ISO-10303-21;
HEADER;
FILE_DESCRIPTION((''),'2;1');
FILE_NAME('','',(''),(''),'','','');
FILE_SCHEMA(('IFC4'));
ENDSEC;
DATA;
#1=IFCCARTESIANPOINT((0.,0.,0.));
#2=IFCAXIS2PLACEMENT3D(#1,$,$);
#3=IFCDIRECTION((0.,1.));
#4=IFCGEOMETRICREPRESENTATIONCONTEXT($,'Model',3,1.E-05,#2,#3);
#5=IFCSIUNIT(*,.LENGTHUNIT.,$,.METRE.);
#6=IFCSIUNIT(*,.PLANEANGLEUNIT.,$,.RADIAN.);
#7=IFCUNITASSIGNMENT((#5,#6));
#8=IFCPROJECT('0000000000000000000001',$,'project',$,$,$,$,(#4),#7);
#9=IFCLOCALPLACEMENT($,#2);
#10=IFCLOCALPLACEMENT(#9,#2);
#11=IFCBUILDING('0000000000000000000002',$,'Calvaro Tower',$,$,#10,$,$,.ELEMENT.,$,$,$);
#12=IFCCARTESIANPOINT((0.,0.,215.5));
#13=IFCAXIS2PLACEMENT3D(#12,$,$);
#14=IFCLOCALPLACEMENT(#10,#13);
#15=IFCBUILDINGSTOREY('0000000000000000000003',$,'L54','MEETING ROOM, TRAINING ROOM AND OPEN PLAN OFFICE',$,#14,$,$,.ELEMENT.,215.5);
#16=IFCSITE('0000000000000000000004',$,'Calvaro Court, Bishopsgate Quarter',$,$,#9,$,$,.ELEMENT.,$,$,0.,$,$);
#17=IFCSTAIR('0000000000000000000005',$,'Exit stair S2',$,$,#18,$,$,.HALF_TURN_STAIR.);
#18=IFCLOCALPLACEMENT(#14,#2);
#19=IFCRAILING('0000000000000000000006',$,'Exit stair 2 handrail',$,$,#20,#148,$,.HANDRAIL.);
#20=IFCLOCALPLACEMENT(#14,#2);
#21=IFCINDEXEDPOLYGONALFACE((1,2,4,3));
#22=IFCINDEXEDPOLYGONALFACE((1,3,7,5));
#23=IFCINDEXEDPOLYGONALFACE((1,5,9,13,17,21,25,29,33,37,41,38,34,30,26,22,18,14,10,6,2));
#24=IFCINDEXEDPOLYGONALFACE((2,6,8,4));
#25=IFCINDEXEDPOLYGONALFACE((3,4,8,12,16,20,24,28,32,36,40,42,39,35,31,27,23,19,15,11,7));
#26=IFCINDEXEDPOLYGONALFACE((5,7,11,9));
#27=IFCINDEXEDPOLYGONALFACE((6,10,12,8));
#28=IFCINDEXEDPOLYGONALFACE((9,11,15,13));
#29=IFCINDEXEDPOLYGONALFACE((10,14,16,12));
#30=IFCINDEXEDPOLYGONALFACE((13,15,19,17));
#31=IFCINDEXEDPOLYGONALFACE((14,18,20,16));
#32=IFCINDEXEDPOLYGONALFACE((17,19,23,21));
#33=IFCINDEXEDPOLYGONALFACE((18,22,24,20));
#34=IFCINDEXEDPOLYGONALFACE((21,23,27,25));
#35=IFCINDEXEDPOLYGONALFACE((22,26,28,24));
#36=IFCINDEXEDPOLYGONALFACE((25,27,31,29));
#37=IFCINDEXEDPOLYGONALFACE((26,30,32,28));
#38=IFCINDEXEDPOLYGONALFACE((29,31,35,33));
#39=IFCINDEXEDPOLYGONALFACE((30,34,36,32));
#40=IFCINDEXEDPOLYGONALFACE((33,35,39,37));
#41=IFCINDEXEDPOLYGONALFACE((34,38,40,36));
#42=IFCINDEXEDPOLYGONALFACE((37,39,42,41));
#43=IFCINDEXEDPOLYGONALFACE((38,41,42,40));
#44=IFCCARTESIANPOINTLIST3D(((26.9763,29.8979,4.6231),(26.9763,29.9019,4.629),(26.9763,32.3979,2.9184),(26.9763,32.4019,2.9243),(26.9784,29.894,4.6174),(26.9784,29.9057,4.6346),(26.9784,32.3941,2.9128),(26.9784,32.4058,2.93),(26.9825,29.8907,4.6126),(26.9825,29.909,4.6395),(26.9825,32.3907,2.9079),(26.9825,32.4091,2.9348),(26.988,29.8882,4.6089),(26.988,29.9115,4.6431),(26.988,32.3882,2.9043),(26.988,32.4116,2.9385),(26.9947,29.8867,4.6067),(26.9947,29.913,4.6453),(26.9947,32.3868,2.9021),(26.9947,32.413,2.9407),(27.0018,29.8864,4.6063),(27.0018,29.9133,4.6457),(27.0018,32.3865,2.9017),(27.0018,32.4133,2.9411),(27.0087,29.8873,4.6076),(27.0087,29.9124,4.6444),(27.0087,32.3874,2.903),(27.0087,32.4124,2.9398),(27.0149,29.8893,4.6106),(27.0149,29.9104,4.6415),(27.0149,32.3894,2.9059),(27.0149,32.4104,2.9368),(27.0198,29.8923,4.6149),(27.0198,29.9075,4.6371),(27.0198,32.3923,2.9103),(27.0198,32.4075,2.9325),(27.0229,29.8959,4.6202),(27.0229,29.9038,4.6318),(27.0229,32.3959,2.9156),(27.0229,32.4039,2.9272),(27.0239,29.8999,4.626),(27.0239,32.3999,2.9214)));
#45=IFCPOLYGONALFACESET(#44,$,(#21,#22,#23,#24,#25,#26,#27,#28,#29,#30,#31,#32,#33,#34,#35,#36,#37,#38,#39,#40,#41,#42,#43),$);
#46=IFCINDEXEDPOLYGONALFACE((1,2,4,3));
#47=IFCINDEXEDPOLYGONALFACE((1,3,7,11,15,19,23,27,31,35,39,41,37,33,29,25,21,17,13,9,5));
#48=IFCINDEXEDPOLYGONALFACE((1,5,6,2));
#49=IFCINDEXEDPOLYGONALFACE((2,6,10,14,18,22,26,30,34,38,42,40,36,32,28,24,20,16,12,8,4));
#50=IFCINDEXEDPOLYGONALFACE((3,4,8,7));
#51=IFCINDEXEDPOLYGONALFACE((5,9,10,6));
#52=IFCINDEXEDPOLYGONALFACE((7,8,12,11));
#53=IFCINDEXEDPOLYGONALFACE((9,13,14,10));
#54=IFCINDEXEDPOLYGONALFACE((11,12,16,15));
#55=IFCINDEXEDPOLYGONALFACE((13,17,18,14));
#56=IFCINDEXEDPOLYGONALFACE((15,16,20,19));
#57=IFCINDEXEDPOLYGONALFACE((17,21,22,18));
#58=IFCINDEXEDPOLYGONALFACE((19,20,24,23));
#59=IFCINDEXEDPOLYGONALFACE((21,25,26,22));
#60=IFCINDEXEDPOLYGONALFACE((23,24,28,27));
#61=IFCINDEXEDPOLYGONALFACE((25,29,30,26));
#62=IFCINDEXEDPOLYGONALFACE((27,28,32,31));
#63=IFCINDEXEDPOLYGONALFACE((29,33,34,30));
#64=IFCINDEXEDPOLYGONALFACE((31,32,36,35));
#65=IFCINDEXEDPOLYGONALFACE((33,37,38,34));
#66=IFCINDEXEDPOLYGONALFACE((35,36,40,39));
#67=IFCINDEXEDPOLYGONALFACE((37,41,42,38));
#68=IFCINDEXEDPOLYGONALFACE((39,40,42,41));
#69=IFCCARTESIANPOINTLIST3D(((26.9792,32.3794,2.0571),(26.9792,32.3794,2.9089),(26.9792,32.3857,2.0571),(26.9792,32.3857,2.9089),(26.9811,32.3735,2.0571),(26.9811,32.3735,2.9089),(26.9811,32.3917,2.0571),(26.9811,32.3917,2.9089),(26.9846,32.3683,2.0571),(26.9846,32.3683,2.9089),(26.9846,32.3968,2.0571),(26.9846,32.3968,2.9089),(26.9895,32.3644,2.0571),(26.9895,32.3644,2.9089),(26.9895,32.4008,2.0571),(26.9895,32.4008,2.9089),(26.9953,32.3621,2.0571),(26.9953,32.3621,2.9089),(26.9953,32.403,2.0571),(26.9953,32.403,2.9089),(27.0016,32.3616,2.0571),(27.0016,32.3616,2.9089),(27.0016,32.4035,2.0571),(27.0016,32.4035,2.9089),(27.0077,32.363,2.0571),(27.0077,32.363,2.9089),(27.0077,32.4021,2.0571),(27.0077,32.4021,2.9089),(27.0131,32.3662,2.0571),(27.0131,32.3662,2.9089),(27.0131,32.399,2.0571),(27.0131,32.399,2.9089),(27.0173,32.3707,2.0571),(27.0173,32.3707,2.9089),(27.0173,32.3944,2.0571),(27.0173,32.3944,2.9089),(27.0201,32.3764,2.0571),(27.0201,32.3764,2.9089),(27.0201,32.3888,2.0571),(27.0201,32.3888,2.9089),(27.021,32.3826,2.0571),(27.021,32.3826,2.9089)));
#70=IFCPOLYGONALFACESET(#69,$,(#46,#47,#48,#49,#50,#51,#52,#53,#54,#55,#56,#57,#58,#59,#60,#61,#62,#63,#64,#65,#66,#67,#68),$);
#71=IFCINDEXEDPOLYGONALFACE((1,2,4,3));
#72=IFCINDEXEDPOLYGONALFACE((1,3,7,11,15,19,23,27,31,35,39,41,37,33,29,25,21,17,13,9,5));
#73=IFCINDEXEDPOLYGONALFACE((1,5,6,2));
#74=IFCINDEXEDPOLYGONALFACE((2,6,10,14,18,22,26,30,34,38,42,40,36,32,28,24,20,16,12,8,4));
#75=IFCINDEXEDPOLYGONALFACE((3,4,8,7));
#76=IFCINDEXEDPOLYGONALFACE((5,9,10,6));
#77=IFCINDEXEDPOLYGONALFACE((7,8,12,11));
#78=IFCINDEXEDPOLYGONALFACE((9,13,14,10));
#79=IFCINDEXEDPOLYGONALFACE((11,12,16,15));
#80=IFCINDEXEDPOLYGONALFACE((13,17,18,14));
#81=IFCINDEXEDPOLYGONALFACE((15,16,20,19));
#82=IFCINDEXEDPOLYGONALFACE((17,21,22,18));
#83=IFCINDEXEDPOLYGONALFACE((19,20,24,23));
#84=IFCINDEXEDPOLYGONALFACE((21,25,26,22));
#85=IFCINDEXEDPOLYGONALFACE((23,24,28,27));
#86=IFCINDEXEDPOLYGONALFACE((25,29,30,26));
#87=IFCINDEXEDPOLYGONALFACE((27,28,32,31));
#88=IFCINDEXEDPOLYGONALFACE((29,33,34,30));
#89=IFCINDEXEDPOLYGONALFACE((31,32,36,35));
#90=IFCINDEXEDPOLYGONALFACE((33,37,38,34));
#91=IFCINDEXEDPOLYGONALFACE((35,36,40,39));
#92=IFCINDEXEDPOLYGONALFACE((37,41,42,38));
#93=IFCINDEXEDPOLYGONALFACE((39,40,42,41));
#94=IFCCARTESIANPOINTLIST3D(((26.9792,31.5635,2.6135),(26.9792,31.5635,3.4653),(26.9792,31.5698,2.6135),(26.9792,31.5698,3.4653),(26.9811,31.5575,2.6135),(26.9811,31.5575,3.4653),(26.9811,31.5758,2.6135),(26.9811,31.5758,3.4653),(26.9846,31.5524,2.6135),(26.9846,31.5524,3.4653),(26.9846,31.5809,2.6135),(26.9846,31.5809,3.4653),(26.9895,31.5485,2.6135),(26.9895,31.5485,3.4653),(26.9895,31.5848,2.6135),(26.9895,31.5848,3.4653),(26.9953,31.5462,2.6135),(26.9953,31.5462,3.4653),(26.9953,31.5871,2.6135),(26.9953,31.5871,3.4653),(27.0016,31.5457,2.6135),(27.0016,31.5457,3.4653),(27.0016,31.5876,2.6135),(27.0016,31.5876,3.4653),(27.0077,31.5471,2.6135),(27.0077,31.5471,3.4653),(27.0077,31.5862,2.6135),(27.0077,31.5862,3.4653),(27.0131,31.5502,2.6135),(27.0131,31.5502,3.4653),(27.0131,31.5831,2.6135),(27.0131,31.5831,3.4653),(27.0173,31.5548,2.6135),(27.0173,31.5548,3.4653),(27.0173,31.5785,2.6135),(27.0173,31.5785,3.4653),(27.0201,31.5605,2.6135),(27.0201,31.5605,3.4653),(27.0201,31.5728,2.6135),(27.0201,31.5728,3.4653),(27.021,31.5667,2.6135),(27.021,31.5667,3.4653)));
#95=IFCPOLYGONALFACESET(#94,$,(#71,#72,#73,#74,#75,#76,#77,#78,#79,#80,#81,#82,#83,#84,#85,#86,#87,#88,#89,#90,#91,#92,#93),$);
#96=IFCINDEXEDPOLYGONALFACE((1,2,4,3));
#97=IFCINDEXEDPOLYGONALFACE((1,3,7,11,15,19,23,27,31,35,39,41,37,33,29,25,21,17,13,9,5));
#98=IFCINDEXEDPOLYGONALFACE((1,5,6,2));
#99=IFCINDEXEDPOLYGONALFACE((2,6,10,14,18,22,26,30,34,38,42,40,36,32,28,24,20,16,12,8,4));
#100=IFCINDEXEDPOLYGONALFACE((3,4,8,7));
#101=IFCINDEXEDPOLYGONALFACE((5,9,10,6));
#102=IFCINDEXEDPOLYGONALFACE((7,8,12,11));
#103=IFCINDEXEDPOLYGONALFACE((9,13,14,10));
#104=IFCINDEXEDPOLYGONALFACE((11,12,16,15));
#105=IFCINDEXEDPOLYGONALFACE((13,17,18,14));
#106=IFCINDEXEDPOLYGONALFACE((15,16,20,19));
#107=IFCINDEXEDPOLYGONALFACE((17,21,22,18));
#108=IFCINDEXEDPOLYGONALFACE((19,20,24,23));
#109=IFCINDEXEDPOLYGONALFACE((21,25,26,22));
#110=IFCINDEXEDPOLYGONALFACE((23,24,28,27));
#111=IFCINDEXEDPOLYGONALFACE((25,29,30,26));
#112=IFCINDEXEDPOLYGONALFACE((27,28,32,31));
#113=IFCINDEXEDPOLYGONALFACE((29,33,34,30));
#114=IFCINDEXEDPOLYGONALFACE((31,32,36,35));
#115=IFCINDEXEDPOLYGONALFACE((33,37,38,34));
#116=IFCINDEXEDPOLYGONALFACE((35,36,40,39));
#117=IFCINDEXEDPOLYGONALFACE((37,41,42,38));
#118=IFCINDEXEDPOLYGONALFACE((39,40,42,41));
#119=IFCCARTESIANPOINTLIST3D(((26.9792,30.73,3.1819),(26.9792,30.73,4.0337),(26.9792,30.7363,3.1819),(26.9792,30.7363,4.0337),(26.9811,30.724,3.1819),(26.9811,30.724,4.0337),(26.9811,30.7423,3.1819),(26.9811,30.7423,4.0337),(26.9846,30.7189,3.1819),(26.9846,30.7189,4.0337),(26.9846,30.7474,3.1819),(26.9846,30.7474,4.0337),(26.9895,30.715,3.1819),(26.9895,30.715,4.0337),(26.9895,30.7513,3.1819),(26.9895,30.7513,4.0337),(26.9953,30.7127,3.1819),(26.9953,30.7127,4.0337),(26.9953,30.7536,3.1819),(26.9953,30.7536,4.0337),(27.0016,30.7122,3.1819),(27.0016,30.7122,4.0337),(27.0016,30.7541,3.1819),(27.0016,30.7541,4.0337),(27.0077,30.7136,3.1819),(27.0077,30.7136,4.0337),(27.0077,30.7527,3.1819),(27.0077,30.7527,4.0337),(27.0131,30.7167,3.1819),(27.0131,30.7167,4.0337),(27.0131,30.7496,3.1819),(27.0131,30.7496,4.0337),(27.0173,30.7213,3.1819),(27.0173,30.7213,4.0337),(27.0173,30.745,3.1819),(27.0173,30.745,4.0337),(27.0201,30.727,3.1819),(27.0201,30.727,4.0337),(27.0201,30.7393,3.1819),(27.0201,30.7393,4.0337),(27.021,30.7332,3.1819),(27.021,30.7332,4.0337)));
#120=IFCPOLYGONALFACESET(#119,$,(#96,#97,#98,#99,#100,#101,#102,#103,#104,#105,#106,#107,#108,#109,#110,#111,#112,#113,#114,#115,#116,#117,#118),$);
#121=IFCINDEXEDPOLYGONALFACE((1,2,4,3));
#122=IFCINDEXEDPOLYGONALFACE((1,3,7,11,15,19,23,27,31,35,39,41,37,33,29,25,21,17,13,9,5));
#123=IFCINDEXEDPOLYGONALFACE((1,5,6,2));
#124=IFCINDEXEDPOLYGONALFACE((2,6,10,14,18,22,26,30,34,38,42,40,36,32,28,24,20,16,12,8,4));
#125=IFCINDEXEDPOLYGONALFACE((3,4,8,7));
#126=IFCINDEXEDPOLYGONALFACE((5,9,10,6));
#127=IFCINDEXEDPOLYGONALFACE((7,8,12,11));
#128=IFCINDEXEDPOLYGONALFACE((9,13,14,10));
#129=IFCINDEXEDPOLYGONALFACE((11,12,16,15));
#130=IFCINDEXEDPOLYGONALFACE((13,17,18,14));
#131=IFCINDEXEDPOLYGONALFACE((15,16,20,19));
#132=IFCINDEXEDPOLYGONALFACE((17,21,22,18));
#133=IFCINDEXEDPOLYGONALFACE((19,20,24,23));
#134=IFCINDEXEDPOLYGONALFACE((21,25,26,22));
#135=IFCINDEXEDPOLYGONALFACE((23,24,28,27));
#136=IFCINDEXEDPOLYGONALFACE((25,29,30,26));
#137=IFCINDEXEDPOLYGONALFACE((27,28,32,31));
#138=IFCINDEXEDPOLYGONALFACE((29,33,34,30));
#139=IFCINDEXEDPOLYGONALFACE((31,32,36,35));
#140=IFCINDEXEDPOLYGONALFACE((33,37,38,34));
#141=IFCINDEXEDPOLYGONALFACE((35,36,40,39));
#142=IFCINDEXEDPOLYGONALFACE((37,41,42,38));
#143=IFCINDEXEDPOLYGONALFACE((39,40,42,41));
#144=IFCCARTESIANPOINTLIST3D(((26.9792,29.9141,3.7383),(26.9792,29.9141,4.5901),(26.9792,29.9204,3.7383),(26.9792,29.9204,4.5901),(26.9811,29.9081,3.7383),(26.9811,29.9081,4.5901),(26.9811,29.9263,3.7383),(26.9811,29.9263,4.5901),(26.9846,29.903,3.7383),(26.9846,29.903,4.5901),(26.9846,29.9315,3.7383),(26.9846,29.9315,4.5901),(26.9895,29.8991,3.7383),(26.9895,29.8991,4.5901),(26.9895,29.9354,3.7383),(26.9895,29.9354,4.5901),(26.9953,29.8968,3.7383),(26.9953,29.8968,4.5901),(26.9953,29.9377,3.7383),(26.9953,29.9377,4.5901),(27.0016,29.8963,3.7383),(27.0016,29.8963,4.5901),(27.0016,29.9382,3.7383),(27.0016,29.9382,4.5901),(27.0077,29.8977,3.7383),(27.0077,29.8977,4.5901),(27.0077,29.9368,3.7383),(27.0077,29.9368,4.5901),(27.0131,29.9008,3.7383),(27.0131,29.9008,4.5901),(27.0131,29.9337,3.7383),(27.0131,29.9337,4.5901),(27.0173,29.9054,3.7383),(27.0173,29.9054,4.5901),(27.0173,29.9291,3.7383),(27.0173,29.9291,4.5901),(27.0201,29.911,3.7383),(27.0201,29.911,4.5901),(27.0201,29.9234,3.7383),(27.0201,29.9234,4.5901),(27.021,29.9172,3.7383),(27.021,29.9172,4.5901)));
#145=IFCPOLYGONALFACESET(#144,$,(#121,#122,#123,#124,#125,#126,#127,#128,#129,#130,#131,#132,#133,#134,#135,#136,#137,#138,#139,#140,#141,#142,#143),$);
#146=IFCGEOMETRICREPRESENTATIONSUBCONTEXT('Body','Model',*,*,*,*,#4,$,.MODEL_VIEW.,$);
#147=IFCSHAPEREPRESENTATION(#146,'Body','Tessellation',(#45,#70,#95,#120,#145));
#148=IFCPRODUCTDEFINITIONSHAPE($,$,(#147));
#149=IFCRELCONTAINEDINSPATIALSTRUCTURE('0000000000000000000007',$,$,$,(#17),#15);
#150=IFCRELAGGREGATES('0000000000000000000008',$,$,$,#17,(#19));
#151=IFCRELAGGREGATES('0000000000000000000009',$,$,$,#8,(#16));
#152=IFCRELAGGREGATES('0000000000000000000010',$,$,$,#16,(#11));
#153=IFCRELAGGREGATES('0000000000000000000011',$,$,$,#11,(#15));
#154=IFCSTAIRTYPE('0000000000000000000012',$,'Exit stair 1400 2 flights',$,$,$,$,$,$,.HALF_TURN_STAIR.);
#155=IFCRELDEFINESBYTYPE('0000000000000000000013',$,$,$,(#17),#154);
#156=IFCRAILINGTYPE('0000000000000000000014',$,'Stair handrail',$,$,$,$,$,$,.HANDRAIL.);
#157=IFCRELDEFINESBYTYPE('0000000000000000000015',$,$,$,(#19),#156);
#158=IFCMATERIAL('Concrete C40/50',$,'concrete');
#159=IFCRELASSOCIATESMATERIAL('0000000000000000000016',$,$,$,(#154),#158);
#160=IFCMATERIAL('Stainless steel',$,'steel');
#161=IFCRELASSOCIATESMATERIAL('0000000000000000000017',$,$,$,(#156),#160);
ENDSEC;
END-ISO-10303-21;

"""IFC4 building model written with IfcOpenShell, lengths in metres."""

from ifc_helpers import new_model, si_unit, direction, frame, origin, origin_2d, place, context, subcontext, project, spatial, circle, extrude, material, type_object, element, aggregate, save


model = new_model("IFC4")

# Units and contexts
model_context = context("Model", 3, precision=1e-05, world=origin(), true_north=direction((0.0, 1.0)))
body_context = subcontext(model_context, "Body", "Model", "MODEL_VIEW")
ifc_project = project(units=[si_unit("LENGTHUNIT", "METRE"), si_unit("PLANEANGLEUNIT", "RADIAN")], contexts=[model_context])

# Site, building, storey
site_placement = place(None, origin())
site = spatial("IfcSite", under=ifc_project, at=site_placement, Name="Calvaro Court, Bishopsgate Quarter", CompositionType="ELEMENT", RefElevation=0.0)
building_placement = place(site_placement, origin())
building = spatial("IfcBuilding", under=site, at=building_placement, Name="Calvaro Tower", CompositionType="ELEMENT")
storey_placement = place(building_placement, frame((0.0, 0.0, 215.5)))
storey = spatial("IfcBuildingStorey", under=building, at=storey_placement, Name="L54", Description="MEETING ROOM, TRAINING ROOM AND OPEN PLAN OFFICE", CompositionType="ELEMENT", Elevation=215.5)

# Stair, railing
ifc_material_1 = material(Name="Concrete C40/50", Category="concrete")
stair_type = type_object("IfcStairType", Name="Exit stair 1400 2 flights", PredefinedType="HALF_TURN_STAIR", material=ifc_material_1)
stair_placement = place(storey_placement, origin())
stair = element("IfcStair", 1, at=stair_placement, inside=storey, type_object=stair_type, Name="Exit stair S2", PredefinedType="HALF_TURN_STAIR")
ifc_material_2 = material(Name="Stainless steel", Category="steel")
railing_type = type_object("IfcRailingType", Name="Stair handrail", PredefinedType="HANDRAIL", material=ifc_material_2)
railing_1_placement = place(storey_placement, frame((27.0, 32.3999, 2.0454)))
railing_1 = element("IfcRailing", 2, at=railing_1_placement, type_object=railing_type, Name="Exit stair 2 handrail", PredefinedType="HANDRAIL", context=body_context, shape_type="SweptSolid", body=[
    extrude(circle(Radius=0.0239, at=origin_2d()), frame((0.0, 0.0, 0.876), z_axis=(0.0, -0.826221, 0.563347), x_axis=(1.0, 0.0, 0.0)), (0.0, 0.0, 1.0), 3.0259),
    extrude(circle(Radius=0.021, at=origin_2d()), frame((0.0, -0.0173, 0.0117)), (0.0, 0.0, 1.0), 0.8518),
    extrude(circle(Radius=0.021, at=origin_2d()), frame((0.0, -0.8333, 0.5681)), (0.0, 0.0, 1.0), 0.8518),
    extrude(circle(Radius=0.021, at=origin_2d()), frame((0.0, -1.6667, 1.1365)), (0.0, 0.0, 1.0), 0.8518),
    extrude(circle(Radius=0.021, at=origin_2d()), frame((0.0, -2.4827, 1.6929)), (0.0, 0.0, 1.0), 0.8518),
])
aggregate(stair, [railing_1])

save(model, "model.ifc")
